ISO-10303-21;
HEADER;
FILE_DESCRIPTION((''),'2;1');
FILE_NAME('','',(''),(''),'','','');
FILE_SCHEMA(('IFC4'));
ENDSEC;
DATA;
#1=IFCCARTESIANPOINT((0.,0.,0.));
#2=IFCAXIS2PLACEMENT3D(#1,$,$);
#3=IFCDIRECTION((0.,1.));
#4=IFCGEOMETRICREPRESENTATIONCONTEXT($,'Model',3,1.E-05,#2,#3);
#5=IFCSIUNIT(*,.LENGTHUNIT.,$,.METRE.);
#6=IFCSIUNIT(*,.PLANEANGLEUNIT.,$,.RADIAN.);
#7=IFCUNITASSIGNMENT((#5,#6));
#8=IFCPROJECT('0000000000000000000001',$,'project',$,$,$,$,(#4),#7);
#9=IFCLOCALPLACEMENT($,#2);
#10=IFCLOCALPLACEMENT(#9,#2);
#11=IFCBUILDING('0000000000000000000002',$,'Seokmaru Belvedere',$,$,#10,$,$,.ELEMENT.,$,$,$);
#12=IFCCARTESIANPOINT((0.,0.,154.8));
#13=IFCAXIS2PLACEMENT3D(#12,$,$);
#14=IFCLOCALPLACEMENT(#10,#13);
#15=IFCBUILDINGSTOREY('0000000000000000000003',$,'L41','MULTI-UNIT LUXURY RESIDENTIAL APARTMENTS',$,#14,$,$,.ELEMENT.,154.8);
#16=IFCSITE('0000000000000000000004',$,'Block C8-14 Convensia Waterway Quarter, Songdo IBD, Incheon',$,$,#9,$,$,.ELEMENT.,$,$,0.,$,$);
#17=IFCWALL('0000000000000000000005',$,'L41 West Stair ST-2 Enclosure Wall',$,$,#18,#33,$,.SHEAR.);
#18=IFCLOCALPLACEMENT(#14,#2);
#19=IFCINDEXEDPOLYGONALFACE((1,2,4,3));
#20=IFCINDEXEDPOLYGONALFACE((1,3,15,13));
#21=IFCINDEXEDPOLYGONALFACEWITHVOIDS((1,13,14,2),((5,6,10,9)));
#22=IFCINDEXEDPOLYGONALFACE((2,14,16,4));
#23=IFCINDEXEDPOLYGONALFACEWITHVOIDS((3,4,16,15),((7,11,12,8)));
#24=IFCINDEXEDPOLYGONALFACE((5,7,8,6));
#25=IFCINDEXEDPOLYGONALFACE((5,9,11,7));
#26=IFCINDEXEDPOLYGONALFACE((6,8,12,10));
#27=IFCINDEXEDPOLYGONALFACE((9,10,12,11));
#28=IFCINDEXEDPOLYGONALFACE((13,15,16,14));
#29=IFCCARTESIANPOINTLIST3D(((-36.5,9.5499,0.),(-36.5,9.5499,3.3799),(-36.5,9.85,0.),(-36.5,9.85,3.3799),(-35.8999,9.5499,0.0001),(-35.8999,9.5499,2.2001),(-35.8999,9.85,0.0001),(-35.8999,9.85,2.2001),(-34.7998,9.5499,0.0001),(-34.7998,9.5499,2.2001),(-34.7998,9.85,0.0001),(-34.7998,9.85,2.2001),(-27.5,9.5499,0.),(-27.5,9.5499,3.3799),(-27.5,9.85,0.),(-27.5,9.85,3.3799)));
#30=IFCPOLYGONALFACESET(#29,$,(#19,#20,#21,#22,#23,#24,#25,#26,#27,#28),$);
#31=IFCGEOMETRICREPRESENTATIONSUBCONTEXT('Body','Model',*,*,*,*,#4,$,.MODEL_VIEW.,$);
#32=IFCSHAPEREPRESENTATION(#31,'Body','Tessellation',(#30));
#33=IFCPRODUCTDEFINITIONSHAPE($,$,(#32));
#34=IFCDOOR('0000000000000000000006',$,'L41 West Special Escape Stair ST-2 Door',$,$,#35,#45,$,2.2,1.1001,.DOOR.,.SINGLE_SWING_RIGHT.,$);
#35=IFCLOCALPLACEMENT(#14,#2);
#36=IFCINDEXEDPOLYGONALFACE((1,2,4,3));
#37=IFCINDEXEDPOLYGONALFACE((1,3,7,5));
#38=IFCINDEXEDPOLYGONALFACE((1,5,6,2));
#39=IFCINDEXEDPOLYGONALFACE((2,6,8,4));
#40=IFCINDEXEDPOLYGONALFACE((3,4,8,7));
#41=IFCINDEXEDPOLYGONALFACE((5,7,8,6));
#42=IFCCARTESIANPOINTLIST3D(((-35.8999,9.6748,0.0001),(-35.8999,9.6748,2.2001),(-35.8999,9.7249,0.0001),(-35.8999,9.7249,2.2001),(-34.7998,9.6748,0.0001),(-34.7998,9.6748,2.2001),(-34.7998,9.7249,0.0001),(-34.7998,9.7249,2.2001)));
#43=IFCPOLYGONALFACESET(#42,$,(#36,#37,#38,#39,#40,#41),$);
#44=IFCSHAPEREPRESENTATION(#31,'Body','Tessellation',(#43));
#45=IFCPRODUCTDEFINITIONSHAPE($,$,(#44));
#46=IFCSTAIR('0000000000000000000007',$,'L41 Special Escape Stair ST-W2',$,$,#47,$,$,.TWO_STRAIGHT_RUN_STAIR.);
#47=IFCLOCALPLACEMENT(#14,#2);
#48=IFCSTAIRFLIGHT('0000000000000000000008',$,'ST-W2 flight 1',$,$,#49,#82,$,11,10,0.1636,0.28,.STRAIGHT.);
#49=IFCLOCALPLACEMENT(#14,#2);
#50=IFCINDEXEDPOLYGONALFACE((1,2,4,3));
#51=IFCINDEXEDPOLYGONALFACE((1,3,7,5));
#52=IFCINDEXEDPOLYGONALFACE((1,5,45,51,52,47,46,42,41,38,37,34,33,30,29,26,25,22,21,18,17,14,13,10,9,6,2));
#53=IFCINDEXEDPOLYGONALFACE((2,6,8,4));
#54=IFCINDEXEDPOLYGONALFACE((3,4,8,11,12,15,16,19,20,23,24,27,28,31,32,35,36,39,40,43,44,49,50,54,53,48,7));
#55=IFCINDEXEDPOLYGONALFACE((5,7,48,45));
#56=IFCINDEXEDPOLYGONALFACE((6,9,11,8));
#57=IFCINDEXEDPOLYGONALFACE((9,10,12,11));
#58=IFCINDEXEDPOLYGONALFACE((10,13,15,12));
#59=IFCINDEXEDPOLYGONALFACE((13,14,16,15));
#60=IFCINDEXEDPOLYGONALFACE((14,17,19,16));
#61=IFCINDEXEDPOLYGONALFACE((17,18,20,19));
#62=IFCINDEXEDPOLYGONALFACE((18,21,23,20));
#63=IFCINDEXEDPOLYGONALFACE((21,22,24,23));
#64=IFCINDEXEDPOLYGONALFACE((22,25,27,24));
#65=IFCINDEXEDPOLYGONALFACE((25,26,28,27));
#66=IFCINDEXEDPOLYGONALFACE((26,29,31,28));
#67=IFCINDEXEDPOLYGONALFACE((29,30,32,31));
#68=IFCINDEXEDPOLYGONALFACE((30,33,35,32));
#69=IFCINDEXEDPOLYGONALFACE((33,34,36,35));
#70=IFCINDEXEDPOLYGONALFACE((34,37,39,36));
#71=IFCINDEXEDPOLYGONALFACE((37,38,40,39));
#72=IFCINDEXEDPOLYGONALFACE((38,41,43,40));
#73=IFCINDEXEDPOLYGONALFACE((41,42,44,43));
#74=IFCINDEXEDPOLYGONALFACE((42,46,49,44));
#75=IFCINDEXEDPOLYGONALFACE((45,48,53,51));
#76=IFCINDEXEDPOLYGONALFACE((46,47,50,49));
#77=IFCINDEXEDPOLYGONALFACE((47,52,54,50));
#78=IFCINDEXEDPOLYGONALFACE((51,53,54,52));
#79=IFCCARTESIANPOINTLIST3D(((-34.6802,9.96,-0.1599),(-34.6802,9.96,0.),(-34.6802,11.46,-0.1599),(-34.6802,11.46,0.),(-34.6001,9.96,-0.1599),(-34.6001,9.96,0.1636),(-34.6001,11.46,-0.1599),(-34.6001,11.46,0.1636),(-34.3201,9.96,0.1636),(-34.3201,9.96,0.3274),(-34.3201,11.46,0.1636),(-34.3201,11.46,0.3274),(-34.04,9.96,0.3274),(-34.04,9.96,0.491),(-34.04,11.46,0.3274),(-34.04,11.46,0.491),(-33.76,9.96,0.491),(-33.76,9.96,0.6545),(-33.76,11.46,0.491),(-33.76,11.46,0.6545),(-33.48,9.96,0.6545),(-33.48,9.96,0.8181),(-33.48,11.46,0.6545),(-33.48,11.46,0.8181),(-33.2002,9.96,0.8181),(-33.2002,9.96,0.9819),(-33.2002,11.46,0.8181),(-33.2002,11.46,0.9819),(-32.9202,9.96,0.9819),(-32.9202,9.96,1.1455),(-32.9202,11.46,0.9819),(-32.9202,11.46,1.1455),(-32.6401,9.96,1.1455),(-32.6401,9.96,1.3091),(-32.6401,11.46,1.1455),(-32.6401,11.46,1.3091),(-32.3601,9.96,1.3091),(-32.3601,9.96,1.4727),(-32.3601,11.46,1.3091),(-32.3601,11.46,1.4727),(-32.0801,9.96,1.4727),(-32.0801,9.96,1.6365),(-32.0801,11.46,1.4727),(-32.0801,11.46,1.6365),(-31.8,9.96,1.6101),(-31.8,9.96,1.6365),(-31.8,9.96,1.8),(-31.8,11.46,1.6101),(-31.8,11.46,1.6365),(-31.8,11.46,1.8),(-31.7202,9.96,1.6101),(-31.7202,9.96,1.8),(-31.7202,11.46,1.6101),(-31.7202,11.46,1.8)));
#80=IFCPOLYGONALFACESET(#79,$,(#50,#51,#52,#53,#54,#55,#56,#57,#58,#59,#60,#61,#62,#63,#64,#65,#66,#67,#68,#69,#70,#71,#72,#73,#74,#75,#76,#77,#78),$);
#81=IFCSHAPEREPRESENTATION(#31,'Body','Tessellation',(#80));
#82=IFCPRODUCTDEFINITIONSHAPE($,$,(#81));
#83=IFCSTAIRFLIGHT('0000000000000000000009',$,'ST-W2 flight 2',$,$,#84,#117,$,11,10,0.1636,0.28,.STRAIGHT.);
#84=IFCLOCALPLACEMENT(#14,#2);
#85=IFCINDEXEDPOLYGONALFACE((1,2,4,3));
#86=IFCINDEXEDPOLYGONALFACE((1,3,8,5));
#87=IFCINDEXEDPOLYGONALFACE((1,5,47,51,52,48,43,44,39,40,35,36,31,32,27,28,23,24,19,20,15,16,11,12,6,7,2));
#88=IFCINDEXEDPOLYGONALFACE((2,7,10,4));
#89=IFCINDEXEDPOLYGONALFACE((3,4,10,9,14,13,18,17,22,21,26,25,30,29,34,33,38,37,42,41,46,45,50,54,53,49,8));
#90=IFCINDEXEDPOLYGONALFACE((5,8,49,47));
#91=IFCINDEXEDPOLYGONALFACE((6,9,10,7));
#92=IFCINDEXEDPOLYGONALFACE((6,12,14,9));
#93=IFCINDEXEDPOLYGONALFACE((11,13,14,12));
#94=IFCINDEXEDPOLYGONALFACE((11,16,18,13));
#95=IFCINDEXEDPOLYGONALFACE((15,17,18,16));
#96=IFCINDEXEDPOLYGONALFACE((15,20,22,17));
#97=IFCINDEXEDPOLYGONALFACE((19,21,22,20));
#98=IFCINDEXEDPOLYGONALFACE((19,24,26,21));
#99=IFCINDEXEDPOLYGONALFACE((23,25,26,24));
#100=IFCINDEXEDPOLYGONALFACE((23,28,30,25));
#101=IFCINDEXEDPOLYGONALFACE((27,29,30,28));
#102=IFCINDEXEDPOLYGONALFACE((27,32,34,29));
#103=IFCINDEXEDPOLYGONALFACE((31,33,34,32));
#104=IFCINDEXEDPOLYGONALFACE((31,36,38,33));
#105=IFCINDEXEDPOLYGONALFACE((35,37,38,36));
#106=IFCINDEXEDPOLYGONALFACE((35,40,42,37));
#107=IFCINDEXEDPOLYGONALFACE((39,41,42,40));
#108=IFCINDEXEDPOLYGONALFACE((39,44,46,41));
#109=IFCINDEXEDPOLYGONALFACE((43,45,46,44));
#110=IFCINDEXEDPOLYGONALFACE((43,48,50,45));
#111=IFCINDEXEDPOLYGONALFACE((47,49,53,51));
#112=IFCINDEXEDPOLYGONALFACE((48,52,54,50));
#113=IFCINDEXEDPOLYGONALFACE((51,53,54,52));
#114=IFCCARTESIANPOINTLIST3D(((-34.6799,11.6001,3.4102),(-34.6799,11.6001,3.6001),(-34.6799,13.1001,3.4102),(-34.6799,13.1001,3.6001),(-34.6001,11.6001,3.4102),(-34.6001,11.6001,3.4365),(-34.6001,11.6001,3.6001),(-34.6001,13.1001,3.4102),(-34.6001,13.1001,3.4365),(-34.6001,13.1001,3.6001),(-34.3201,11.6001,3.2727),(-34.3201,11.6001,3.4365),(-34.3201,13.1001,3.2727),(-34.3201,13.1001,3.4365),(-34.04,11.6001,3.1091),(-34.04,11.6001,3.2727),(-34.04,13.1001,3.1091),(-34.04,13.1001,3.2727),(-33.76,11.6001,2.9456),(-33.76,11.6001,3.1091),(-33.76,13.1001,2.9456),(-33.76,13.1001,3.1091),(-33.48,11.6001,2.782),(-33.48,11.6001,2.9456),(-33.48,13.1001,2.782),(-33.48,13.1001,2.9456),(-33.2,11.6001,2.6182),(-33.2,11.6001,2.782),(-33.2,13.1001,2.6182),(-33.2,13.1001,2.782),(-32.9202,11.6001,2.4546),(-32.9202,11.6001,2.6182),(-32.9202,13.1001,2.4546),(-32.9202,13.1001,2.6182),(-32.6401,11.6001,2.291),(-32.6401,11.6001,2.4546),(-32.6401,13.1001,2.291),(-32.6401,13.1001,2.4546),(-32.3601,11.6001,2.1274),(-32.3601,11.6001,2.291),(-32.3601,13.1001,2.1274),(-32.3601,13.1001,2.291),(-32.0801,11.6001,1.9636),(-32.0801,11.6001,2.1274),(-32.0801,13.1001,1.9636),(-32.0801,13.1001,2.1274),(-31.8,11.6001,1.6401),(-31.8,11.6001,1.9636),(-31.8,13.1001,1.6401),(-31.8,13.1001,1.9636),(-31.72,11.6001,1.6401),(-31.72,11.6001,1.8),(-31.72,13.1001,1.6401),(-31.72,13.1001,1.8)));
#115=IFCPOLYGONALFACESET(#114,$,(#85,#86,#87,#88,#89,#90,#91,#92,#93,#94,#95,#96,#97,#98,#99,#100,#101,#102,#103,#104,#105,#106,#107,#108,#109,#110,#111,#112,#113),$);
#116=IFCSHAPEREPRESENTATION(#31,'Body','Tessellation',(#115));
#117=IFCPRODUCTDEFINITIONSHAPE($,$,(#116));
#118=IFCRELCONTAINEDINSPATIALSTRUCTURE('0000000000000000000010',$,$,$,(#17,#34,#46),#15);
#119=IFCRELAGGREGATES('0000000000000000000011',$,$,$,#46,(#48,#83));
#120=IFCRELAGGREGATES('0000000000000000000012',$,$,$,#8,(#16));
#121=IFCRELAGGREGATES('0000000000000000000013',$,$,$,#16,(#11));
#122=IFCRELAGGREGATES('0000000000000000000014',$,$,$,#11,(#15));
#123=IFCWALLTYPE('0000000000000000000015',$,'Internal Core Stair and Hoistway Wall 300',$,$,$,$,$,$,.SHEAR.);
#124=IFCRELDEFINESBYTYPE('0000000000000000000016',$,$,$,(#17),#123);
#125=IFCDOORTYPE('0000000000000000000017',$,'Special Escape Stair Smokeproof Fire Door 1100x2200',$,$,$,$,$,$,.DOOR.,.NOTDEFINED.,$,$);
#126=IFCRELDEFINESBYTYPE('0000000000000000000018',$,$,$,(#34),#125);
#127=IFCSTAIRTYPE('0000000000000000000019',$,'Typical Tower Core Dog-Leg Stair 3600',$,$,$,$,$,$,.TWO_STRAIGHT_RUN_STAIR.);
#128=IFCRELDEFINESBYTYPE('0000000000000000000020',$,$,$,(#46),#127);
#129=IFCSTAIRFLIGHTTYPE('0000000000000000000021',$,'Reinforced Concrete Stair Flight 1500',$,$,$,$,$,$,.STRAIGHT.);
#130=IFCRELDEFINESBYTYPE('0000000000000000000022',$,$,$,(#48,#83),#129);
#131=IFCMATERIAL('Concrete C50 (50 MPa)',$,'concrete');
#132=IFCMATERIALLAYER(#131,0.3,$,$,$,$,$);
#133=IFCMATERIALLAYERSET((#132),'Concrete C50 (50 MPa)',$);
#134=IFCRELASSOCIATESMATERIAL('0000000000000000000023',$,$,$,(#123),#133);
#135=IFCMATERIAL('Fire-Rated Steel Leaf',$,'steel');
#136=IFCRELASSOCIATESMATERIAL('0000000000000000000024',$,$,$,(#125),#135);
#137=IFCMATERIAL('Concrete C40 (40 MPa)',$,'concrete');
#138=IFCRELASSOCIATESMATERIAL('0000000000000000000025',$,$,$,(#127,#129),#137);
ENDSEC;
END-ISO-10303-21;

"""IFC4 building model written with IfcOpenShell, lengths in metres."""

from ifc_helpers import new_model, si_unit, direction, frame, frame_2d, origin, place, context, subcontext, project, spatial, polyline, rectangle, outline, extrude, source, transform, mapped, material, layer, layer_set, type_object, type_shapes, element, fill, aggregate, save


model = new_model("IFC4")

# Units and contexts
model_context = context("Model", 3, precision=1e-05, world=origin(), true_north=direction((0.0, 1.0)))
body_context = subcontext(model_context, "Body", "Model", "MODEL_VIEW")
ifc_project = project(units=[si_unit("LENGTHUNIT", "METRE"), si_unit("PLANEANGLEUNIT", "RADIAN")], contexts=[model_context])

# Site, building, storey
site_placement = place(None, origin())
site = spatial("IfcSite", under=ifc_project, at=site_placement, Name="Block C8-14 Convensia Waterway Quarter, Songdo IBD, Incheon", CompositionType="ELEMENT", RefElevation=0.0)
building_placement = place(site_placement, origin())
building = spatial("IfcBuilding", under=site, at=building_placement, Name="Seokmaru Belvedere", CompositionType="ELEMENT")
storey_placement = place(building_placement, frame((0.0, 0.0, 154.8)))
storey = spatial("IfcBuildingStorey", under=building, at=storey_placement, Name="L41", Description="MULTI-UNIT LUXURY RESIDENTIAL APARTMENTS", CompositionType="ELEMENT", Elevation=154.8)

# Shared definitions
ifc_material_1 = material(Name="Fire-Rated Steel Leaf", Category="steel")

# Wall, opening, door
ifc_material_2 = material(Name="Concrete C50 (50 MPa)", Category="concrete")
ifc_layer_1 = layer(ifc_material_2, 0.3)
ifc_layer_set_1 = layer_set([ifc_layer_1], Name="Concrete C50 (50 MPa)")
wall_type_1 = type_object("IfcWallType", Name="Internal Core Stair and Hoistway Wall 300", PredefinedType="SHEAR", material=ifc_layer_set_1)
wall_1_placement = place(storey_placement, frame((-36.5, 9.7, 0.0), z_axis=(0.0, 0.0, 1.0), x_axis=(1.0, 0.0, 0.0)))
wall_1 = element("IfcWall", 1, at=wall_1_placement, inside=storey, type_object=wall_type_1, Name="L41 West Stair ST-2 Enclosure Wall", PredefinedType="SHEAR", context=body_context, shape_type="SweptSolid", body=[
    extrude(rectangle(XDim=9.0, YDim=0.3, at=frame_2d((4.5, 0.0))), origin(), (0.0, 0.0, 1.0), 3.3799),
])
opening_1_placement = place(wall_1_placement, frame((0.6001, 0.0, 0.0)))
opening_1 = element("IfcOpeningElement", 2, at=opening_1_placement, cuts=wall_1, PredefinedType="OPENING", context=body_context, shape_type="SweptSolid", body=[
    extrude(rectangle(XDim=1.1001, YDim=2.2, at=frame_2d((0.55, 1.1001))), frame((0.0, 0.1602, 0.0), z_axis=(0.0, -1.0, 0.0), x_axis=(1.0, 0.0, 0.0)), (0.0, 0.0, 1.0), 0.3201),
])
door_type_1 = type_object("IfcDoorType", Name="Special Escape Stair Smokeproof Fire Door 1100x2200", OperationType="NOTDEFINED", PredefinedType="DOOR", material=ifc_material_1)
shared_shape_1 = source(origin(), body_context, "Body", "SweptSolid", [
    extrude(rectangle(XDim=1.1001, YDim=2.2, at=frame_2d((0.55, 1.1001))), frame((0.0, 0.0249, 0.0), z_axis=(0.0, -1.0, 0.0), x_axis=(1.0, 0.0, 0.0)), (0.0, 0.0, 1.0), 0.05),
])
type_shapes(door_type_1, [shared_shape_1])
door_1_placement = place(opening_1_placement, origin())
door_1 = element("IfcDoor", 3, at=door_1_placement, inside=storey, type_object=door_type_1, Name="L41 West Special Escape Stair ST-2 Door", OperationType="SINGLE_SWING_RIGHT", OverallHeight=2.2, OverallWidth=1.1001, PredefinedType="DOOR", context=body_context, shape_type="MappedRepresentation", body=[
    mapped(shared_shape_1, transform((0.0, 0.0, 0.0), scale=1.0)),
])
fill(opening_1, door_1)

# Stair, stair flights
ifc_material_3 = material(Name="Concrete C40 (40 MPa)", Category="concrete")
stair_type = type_object("IfcStairType", Name="Typical Tower Core Dog-Leg Stair 3600", PredefinedType="TWO_STRAIGHT_RUN_STAIR", material=ifc_material_3)
stair_placement = place(storey_placement, origin())
stair = element("IfcStair", 4, at=stair_placement, inside=storey, type_object=stair_type, Name="L41 Special Escape Stair ST-W2", PredefinedType="TWO_STRAIGHT_RUN_STAIR")
stair_flight_type = type_object("IfcStairFlightType", Name="Reinforced Concrete Stair Flight 1500", PredefinedType="STRAIGHT", material=ifc_material_3)
stair_flight_1_placement = place(storey_placement, frame((-34.6001, 10.71, 0.0), z_axis=(0.0, 0.0, 1.0), x_axis=(1.0, 0.0, 0.0)))
stair_flight_1 = element("IfcStairFlight", 5, at=stair_flight_1_placement, type_object=stair_flight_type, Name="ST-W2 flight 1", NumberOfRisers=11, NumberOfTreads=10, PredefinedType="STRAIGHT", RiserHeight=0.1636, TreadLength=0.28, context=body_context, shape_type="SweptSolid", body=[
    extrude(outline(polyline([(-0.0801, 0.0), (0.0, 0.1636), (0.28, 0.1636), (0.28, 0.3274), (0.5601, 0.3274), (0.5601, 0.491), (0.8401, 0.491), (0.8401, 0.6545), (1.1201, 0.6545), (1.1201, 0.8181), (1.3999, 0.8181), (1.3999, 0.9819), (1.6799, 0.9819), (1.6799, 1.1455), (1.96, 1.1455), (1.96, 1.3091), (2.24, 1.3091), (2.24, 1.4727), (2.52, 1.4727), (2.52, 1.6365), (2.8, 1.6365), (2.8, 1.8), (2.8799, 1.8), (2.8799, 1.6101), (2.8, 1.6101), (0.0, -0.1599), (-0.0801, -0.1599), (-0.0801, 0.0)])), frame((0.0, 0.75, 0.0), z_axis=(0.0, -1.0, 0.0), x_axis=(1.0, 0.0, 0.0)), (0.0, 0.0, 1.0), 1.5),
])
stair_flight_2_placement = place(storey_placement, frame((-31.8, 12.3501, 1.8), z_axis=(0.0, 0.0, 1.0), x_axis=(-1.0, 0.0, 0.0)))
stair_flight_2 = element("IfcStairFlight", 6, at=stair_flight_2_placement, type_object=stair_flight_type, Name="ST-W2 flight 2", NumberOfRisers=11, NumberOfTreads=10, PredefinedType="STRAIGHT", RiserHeight=0.1636, TreadLength=0.28, context=body_context, shape_type="SweptSolid", body=[
    extrude(outline(polyline([(-0.0801, 0.0), (0.0, 0.1636), (0.28, 0.1636), (0.28, 0.3274), (0.5601, 0.3274), (0.5601, 0.491), (0.8401, 0.491), (0.8401, 0.6545), (1.1201, 0.6545), (1.1201, 0.8181), (1.3999, 0.8181), (1.3999, 0.9819), (1.6799, 0.9819), (1.6799, 1.1455), (1.96, 1.1455), (1.96, 1.3091), (2.24, 1.3091), (2.24, 1.4727), (2.52, 1.4727), (2.52, 1.6365), (2.8, 1.6365), (2.8, 1.8), (2.8799, 1.8), (2.8799, 1.6101), (2.8, 1.6101), (0.0, -0.1599), (-0.0801, -0.1599), (-0.0801, 0.0)])), frame((0.0, 0.75, 0.0), z_axis=(0.0, -1.0, 0.0), x_axis=(1.0, 0.0, 0.0)), (0.0, 0.0, 1.0), 1.5),
])
aggregate(stair, [stair_flight_1, stair_flight_2])

save(model, "model.ifc")
